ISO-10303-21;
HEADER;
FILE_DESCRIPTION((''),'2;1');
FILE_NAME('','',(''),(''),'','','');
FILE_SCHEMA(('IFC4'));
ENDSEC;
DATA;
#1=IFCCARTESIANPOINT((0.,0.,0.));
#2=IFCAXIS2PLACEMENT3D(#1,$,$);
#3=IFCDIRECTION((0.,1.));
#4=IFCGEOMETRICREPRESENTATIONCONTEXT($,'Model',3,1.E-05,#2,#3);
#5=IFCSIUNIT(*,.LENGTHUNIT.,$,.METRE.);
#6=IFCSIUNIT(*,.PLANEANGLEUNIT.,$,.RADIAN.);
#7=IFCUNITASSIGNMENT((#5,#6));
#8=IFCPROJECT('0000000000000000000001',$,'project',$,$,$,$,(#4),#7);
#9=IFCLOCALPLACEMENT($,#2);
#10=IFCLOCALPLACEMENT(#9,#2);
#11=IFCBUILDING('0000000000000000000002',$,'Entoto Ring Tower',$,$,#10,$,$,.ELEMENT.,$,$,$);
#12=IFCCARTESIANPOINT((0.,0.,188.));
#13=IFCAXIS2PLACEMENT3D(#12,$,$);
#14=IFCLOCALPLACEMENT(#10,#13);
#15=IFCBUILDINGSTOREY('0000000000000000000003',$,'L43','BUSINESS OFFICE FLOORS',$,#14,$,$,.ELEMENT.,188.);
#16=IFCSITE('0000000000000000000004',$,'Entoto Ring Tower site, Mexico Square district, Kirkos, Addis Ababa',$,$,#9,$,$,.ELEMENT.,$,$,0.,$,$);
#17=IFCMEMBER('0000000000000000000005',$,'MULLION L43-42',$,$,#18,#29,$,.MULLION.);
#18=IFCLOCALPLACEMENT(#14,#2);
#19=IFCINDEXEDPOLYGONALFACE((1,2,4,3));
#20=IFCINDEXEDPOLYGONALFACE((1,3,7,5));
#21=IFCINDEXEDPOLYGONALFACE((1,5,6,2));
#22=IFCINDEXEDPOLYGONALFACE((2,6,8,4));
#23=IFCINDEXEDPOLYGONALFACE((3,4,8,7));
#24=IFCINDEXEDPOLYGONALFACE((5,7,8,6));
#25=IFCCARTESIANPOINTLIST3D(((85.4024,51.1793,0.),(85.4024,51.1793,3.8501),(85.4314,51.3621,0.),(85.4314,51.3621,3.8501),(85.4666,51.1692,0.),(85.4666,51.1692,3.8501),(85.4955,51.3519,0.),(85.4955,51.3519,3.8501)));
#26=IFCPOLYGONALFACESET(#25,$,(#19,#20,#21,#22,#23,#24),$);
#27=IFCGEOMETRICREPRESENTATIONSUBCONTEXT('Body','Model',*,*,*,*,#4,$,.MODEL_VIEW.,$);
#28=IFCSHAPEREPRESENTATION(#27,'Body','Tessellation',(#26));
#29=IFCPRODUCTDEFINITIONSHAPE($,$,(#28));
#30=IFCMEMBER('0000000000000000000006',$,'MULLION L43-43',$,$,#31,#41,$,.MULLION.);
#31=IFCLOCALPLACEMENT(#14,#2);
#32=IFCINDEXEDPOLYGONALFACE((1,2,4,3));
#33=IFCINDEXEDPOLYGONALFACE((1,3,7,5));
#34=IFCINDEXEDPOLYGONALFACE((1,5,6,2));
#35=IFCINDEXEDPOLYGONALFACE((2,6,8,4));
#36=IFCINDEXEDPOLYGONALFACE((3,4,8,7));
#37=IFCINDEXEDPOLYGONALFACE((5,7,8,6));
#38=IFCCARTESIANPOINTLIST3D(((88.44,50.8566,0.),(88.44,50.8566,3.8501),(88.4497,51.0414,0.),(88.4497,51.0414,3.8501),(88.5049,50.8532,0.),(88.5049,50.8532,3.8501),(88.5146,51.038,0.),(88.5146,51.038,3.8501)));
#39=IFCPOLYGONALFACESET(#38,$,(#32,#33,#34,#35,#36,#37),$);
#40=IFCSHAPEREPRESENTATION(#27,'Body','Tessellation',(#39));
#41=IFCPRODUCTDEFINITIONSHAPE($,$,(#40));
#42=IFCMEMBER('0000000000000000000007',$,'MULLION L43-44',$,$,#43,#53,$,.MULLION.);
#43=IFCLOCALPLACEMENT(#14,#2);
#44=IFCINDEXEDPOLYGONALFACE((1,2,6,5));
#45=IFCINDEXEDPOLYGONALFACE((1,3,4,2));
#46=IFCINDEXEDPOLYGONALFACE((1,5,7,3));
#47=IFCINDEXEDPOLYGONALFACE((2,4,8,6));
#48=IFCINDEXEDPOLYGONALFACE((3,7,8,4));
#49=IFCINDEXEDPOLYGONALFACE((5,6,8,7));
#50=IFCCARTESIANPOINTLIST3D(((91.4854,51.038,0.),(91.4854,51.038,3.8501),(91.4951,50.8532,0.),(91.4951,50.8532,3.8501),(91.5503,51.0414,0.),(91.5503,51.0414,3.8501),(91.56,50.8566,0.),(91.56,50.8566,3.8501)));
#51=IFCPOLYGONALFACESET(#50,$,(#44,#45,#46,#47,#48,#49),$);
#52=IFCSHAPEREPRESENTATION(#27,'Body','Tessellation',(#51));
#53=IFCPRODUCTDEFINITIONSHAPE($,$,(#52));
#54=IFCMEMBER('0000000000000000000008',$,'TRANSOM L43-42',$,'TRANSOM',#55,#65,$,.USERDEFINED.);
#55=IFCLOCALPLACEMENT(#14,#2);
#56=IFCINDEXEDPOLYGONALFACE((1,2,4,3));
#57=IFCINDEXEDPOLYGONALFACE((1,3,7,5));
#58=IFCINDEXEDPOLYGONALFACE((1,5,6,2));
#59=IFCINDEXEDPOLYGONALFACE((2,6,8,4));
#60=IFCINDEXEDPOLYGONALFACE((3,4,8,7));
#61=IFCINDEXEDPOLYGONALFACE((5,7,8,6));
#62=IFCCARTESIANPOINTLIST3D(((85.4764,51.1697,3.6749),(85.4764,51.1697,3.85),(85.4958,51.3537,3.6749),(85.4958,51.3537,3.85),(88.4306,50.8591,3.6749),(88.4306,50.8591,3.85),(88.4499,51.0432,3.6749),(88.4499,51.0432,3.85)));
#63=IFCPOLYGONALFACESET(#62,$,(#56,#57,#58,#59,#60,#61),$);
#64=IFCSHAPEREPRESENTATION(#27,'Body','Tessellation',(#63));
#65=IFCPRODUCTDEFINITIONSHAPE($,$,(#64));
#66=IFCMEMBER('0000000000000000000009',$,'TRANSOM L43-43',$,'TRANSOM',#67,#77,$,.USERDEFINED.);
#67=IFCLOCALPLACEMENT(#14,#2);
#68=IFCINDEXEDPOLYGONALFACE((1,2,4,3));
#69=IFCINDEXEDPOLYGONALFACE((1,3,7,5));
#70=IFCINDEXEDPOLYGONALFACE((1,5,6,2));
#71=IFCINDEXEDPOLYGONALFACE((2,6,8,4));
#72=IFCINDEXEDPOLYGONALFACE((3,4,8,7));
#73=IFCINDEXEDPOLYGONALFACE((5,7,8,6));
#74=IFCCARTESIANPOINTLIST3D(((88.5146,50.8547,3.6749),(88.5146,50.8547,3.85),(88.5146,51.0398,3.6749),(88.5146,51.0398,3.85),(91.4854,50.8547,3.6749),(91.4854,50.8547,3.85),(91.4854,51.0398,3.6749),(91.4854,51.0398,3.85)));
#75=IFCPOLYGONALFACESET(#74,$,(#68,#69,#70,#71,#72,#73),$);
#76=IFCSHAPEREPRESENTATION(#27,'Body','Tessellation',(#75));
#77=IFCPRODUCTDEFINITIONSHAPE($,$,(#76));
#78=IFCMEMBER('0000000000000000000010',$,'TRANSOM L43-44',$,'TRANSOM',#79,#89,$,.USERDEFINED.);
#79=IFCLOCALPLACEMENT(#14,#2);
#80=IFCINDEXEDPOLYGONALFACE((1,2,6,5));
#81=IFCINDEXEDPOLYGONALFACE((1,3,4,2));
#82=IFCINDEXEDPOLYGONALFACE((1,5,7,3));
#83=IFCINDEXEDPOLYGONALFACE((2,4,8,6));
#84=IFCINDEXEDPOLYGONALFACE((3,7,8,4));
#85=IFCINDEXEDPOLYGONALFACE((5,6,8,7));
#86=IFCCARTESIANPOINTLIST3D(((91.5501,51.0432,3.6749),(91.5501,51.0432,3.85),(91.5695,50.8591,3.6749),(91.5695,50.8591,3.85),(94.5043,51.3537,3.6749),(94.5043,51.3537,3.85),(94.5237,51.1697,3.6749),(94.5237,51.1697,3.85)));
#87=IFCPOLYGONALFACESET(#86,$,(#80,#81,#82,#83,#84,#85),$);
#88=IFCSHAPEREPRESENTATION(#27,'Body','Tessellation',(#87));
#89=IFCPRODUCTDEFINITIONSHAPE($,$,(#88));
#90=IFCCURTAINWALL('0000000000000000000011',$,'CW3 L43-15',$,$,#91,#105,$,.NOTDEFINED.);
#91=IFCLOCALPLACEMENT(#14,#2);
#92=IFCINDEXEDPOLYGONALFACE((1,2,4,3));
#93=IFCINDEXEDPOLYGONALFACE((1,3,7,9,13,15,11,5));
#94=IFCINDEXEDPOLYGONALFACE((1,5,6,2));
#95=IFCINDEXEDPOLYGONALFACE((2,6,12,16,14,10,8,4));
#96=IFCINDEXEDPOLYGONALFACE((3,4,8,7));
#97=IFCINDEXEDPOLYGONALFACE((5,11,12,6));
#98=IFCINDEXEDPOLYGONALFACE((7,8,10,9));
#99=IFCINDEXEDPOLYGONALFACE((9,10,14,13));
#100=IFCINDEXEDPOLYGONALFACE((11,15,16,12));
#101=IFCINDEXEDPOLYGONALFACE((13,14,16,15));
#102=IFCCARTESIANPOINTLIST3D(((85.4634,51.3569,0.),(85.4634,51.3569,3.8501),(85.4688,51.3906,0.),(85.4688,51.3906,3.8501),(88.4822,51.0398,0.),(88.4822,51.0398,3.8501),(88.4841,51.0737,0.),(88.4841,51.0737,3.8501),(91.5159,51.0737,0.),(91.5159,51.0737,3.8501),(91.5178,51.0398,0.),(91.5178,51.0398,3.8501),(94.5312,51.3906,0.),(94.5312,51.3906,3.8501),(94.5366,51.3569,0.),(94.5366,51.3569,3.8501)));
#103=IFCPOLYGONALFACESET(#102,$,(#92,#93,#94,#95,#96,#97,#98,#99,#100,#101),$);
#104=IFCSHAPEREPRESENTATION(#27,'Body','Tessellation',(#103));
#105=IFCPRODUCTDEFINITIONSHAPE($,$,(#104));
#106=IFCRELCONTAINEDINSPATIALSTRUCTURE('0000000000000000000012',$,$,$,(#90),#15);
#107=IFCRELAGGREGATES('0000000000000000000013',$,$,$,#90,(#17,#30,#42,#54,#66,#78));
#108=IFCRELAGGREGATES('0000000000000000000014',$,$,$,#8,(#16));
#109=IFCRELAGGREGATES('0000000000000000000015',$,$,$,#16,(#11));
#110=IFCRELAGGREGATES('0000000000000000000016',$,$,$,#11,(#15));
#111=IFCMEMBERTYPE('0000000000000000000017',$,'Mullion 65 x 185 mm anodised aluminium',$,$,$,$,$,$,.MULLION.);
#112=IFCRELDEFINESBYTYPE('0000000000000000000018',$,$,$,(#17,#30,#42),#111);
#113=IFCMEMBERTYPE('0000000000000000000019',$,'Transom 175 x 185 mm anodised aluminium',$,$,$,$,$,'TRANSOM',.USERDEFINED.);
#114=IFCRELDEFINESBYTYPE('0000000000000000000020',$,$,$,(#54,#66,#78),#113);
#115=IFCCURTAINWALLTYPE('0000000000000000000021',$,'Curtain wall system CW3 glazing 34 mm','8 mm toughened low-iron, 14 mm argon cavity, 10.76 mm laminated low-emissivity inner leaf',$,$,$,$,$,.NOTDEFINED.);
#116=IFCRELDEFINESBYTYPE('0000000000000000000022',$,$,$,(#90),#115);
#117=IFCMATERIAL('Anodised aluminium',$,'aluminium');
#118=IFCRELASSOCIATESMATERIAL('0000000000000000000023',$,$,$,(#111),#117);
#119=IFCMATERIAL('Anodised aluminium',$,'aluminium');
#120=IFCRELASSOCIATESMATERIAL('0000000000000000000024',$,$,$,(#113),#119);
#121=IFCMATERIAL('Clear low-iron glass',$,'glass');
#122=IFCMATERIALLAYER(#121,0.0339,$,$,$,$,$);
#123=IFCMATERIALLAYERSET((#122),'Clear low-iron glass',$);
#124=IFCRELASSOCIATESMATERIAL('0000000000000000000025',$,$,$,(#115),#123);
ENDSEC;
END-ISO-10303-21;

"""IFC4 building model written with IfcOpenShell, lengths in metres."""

from ifc_helpers import new_model, si_unit, direction, frame, origin, origin_2d, place, context, subcontext, project, spatial, polyline, rectangle, outline, extrude, material, layer, layer_set, material_profile, profile_set, type_object, element, aggregate, save


model = new_model("IFC4")

# Units and contexts
model_context = context("Model", 3, precision=1e-05, world=origin(), true_north=direction((0.0, 1.0)))
body_context = subcontext(model_context, "Body", "Model", "MODEL_VIEW")
ifc_project = project(units=[si_unit("LENGTHUNIT", "METRE"), si_unit("PLANEANGLEUNIT", "RADIAN")], contexts=[model_context])

# Members
ifc_material_1 = material(Name="Anodised aluminium", Category="aluminium")
ifc_material_profile_1 = material_profile(ifc_material_1, rectangle(XDim=0.0649, YDim=0.1851, at=origin_2d()), Name="Mullion 65 x 185 mm anodised aluminium")
ifc_profile_set_1 = profile_set([ifc_material_profile_1], Name="Anodised aluminium")
member_type_1 = type_object("IfcMemberType", Name="Mullion 65 x 185 mm anodised aluminium", PredefinedType="MULLION", material=ifc_profile_set_1)
site_placement = place(None, origin())
building_placement = place(site_placement, origin())
storey_placement = place(building_placement, frame((0.0, 0.0, 188.0)))
member_1_placement = place(storey_placement, frame((85.449, 51.2656, 0.0), z_axis=(0.0, 0.0, 1.0), x_axis=(0.987688, -0.156434, 0.0)))
member_1 = element("IfcMember", 1, at=member_1_placement, type_object=member_type_1, Name="MULLION L43-42", PredefinedType="MULLION", context=body_context, shape_type="SweptSolid", body=[
    extrude(rectangle(XDim=0.0649, YDim=0.1851, at=origin_2d()), origin(), (0.0, 0.0, 1.0), 3.8501),
])
member_2_placement = place(storey_placement, frame((88.4773, 50.9473, 0.0), z_axis=(0.0, 0.0, 1.0), x_axis=(0.99863, -0.052336, 0.0)))
member_2 = element("IfcMember", 2, at=member_2_placement, type_object=member_type_1, Name="MULLION L43-43", PredefinedType="MULLION", context=body_context, shape_type="SweptSolid", body=[
    extrude(rectangle(XDim=0.0649, YDim=0.1851, at=origin_2d()), origin(), (0.0, 0.0, 1.0), 3.8501),
])
member_3_placement = place(storey_placement, frame((91.5227, 50.9473, 0.0), z_axis=(0.0, 0.0, 1.0), x_axis=(0.99863, 0.052336, 0.0)))
member_3 = element("IfcMember", 3, at=member_3_placement, type_object=member_type_1, Name="MULLION L43-44", PredefinedType="MULLION", context=body_context, shape_type="SweptSolid", body=[
    extrude(rectangle(XDim=0.0649, YDim=0.1851, at=origin_2d()), origin(), (0.0, 0.0, 1.0), 3.8501),
])
ifc_material_2 = material(Name="Anodised aluminium", Category="aluminium")
ifc_material_profile_2 = material_profile(ifc_material_2, rectangle(XDim=0.1851, YDim=0.175, at=origin_2d()), Name="Transom 175 x 185 mm anodised aluminium")
ifc_profile_set_2 = profile_set([ifc_material_profile_2], Name="Anodised aluminium")
member_type_2 = type_object("IfcMemberType", Name="Transom 175 x 185 mm anodised aluminium", ElementType="TRANSOM", PredefinedType="USERDEFINED", material=ifc_profile_set_2)
member_4_placement = place(storey_placement, frame((85.4861, 51.2617, 3.7625), z_axis=(0.99452, -0.104548, 0.0), x_axis=(0.104548, 0.99452, 0.0)))
member_4 = element("IfcMember", 4, at=member_4_placement, type_object=member_type_2, Name="TRANSOM L43-42", ObjectType="TRANSOM", PredefinedType="USERDEFINED", context=body_context, shape_type="SweptSolid", body=[
    extrude(rectangle(XDim=0.1851, YDim=0.175, at=origin_2d()), origin(), (0.0, 0.0, 1.0), 2.9705),
])
member_5_placement = place(storey_placement, frame((88.5146, 50.9473, 3.7625), z_axis=(1.0, 0.0, 0.0), x_axis=(0.0, 1.0, 0.0)))
member_5 = element("IfcMember", 5, at=member_5_placement, type_object=member_type_2, Name="TRANSOM L43-43", ObjectType="TRANSOM", PredefinedType="USERDEFINED", context=body_context, shape_type="SweptSolid", body=[
    extrude(rectangle(XDim=0.1851, YDim=0.175, at=origin_2d()), origin(), (0.0, 0.0, 1.0), 2.9707),
])
member_6_placement = place(storey_placement, frame((91.5598, 50.9512, 3.7625), z_axis=(0.99452, 0.104548, 0.0), x_axis=(-0.104548, 0.99452, 0.0)))
member_6 = element("IfcMember", 6, at=member_6_placement, type_object=member_type_2, Name="TRANSOM L43-44", ObjectType="TRANSOM", PredefinedType="USERDEFINED", context=body_context, shape_type="SweptSolid", body=[
    extrude(rectangle(XDim=0.1851, YDim=0.175, at=origin_2d()), origin(), (0.0, 0.0, 1.0), 2.9705),
])

# Site, building, storey
site = spatial("IfcSite", under=ifc_project, at=site_placement, Name="Entoto Ring Tower site, Mexico Square district, Kirkos, Addis Ababa", CompositionType="ELEMENT", RefElevation=0.0)
building = spatial("IfcBuilding", under=site, at=building_placement, Name="Entoto Ring Tower", CompositionType="ELEMENT")
storey = spatial("IfcBuildingStorey", under=building, at=storey_placement, Name="L43", Description="BUSINESS OFFICE FLOORS", CompositionType="ELEMENT", Elevation=188.0)

# Curtain wall
ifc_material_3 = material(Name="Clear low-iron glass", Category="glass")
ifc_layer = layer(ifc_material_3, 0.0339)
ifc_layer_set = layer_set([ifc_layer], Name="Clear low-iron glass")
curtain_wall_type = type_object("IfcCurtainWallType", Name="Curtain wall system CW3 glazing 34 mm", Description="8 mm toughened low-iron, 14 mm argon cavity, 10.76 mm laminated low-emissivity inner leaf", PredefinedType="NOTDEFINED", material=ifc_layer_set)
curtain_wall_1_placement = place(storey_placement, origin())
curtain_wall_1 = element("IfcCurtainWall", 7, at=curtain_wall_1_placement, inside=storey, type_object=curtain_wall_type, Name="CW3 L43-15", PredefinedType="NOTDEFINED", context=body_context, shape_type="SweptSolid", body=[
    extrude(outline(polyline([(85.4634, 51.3569), (88.4822, 51.0398), (91.5178, 51.0398), (94.5366, 51.3569), (94.5312, 51.3906), (91.5159, 51.0737), (88.4841, 51.0737), (85.4688, 51.3906), (85.4634, 51.3569)])), origin(), (0.0, 0.0, 1.0), 3.8501),
])
aggregate(curtain_wall_1, [member_1, member_2, member_3, member_4, member_5, member_6])

save(model, "model.ifc")
